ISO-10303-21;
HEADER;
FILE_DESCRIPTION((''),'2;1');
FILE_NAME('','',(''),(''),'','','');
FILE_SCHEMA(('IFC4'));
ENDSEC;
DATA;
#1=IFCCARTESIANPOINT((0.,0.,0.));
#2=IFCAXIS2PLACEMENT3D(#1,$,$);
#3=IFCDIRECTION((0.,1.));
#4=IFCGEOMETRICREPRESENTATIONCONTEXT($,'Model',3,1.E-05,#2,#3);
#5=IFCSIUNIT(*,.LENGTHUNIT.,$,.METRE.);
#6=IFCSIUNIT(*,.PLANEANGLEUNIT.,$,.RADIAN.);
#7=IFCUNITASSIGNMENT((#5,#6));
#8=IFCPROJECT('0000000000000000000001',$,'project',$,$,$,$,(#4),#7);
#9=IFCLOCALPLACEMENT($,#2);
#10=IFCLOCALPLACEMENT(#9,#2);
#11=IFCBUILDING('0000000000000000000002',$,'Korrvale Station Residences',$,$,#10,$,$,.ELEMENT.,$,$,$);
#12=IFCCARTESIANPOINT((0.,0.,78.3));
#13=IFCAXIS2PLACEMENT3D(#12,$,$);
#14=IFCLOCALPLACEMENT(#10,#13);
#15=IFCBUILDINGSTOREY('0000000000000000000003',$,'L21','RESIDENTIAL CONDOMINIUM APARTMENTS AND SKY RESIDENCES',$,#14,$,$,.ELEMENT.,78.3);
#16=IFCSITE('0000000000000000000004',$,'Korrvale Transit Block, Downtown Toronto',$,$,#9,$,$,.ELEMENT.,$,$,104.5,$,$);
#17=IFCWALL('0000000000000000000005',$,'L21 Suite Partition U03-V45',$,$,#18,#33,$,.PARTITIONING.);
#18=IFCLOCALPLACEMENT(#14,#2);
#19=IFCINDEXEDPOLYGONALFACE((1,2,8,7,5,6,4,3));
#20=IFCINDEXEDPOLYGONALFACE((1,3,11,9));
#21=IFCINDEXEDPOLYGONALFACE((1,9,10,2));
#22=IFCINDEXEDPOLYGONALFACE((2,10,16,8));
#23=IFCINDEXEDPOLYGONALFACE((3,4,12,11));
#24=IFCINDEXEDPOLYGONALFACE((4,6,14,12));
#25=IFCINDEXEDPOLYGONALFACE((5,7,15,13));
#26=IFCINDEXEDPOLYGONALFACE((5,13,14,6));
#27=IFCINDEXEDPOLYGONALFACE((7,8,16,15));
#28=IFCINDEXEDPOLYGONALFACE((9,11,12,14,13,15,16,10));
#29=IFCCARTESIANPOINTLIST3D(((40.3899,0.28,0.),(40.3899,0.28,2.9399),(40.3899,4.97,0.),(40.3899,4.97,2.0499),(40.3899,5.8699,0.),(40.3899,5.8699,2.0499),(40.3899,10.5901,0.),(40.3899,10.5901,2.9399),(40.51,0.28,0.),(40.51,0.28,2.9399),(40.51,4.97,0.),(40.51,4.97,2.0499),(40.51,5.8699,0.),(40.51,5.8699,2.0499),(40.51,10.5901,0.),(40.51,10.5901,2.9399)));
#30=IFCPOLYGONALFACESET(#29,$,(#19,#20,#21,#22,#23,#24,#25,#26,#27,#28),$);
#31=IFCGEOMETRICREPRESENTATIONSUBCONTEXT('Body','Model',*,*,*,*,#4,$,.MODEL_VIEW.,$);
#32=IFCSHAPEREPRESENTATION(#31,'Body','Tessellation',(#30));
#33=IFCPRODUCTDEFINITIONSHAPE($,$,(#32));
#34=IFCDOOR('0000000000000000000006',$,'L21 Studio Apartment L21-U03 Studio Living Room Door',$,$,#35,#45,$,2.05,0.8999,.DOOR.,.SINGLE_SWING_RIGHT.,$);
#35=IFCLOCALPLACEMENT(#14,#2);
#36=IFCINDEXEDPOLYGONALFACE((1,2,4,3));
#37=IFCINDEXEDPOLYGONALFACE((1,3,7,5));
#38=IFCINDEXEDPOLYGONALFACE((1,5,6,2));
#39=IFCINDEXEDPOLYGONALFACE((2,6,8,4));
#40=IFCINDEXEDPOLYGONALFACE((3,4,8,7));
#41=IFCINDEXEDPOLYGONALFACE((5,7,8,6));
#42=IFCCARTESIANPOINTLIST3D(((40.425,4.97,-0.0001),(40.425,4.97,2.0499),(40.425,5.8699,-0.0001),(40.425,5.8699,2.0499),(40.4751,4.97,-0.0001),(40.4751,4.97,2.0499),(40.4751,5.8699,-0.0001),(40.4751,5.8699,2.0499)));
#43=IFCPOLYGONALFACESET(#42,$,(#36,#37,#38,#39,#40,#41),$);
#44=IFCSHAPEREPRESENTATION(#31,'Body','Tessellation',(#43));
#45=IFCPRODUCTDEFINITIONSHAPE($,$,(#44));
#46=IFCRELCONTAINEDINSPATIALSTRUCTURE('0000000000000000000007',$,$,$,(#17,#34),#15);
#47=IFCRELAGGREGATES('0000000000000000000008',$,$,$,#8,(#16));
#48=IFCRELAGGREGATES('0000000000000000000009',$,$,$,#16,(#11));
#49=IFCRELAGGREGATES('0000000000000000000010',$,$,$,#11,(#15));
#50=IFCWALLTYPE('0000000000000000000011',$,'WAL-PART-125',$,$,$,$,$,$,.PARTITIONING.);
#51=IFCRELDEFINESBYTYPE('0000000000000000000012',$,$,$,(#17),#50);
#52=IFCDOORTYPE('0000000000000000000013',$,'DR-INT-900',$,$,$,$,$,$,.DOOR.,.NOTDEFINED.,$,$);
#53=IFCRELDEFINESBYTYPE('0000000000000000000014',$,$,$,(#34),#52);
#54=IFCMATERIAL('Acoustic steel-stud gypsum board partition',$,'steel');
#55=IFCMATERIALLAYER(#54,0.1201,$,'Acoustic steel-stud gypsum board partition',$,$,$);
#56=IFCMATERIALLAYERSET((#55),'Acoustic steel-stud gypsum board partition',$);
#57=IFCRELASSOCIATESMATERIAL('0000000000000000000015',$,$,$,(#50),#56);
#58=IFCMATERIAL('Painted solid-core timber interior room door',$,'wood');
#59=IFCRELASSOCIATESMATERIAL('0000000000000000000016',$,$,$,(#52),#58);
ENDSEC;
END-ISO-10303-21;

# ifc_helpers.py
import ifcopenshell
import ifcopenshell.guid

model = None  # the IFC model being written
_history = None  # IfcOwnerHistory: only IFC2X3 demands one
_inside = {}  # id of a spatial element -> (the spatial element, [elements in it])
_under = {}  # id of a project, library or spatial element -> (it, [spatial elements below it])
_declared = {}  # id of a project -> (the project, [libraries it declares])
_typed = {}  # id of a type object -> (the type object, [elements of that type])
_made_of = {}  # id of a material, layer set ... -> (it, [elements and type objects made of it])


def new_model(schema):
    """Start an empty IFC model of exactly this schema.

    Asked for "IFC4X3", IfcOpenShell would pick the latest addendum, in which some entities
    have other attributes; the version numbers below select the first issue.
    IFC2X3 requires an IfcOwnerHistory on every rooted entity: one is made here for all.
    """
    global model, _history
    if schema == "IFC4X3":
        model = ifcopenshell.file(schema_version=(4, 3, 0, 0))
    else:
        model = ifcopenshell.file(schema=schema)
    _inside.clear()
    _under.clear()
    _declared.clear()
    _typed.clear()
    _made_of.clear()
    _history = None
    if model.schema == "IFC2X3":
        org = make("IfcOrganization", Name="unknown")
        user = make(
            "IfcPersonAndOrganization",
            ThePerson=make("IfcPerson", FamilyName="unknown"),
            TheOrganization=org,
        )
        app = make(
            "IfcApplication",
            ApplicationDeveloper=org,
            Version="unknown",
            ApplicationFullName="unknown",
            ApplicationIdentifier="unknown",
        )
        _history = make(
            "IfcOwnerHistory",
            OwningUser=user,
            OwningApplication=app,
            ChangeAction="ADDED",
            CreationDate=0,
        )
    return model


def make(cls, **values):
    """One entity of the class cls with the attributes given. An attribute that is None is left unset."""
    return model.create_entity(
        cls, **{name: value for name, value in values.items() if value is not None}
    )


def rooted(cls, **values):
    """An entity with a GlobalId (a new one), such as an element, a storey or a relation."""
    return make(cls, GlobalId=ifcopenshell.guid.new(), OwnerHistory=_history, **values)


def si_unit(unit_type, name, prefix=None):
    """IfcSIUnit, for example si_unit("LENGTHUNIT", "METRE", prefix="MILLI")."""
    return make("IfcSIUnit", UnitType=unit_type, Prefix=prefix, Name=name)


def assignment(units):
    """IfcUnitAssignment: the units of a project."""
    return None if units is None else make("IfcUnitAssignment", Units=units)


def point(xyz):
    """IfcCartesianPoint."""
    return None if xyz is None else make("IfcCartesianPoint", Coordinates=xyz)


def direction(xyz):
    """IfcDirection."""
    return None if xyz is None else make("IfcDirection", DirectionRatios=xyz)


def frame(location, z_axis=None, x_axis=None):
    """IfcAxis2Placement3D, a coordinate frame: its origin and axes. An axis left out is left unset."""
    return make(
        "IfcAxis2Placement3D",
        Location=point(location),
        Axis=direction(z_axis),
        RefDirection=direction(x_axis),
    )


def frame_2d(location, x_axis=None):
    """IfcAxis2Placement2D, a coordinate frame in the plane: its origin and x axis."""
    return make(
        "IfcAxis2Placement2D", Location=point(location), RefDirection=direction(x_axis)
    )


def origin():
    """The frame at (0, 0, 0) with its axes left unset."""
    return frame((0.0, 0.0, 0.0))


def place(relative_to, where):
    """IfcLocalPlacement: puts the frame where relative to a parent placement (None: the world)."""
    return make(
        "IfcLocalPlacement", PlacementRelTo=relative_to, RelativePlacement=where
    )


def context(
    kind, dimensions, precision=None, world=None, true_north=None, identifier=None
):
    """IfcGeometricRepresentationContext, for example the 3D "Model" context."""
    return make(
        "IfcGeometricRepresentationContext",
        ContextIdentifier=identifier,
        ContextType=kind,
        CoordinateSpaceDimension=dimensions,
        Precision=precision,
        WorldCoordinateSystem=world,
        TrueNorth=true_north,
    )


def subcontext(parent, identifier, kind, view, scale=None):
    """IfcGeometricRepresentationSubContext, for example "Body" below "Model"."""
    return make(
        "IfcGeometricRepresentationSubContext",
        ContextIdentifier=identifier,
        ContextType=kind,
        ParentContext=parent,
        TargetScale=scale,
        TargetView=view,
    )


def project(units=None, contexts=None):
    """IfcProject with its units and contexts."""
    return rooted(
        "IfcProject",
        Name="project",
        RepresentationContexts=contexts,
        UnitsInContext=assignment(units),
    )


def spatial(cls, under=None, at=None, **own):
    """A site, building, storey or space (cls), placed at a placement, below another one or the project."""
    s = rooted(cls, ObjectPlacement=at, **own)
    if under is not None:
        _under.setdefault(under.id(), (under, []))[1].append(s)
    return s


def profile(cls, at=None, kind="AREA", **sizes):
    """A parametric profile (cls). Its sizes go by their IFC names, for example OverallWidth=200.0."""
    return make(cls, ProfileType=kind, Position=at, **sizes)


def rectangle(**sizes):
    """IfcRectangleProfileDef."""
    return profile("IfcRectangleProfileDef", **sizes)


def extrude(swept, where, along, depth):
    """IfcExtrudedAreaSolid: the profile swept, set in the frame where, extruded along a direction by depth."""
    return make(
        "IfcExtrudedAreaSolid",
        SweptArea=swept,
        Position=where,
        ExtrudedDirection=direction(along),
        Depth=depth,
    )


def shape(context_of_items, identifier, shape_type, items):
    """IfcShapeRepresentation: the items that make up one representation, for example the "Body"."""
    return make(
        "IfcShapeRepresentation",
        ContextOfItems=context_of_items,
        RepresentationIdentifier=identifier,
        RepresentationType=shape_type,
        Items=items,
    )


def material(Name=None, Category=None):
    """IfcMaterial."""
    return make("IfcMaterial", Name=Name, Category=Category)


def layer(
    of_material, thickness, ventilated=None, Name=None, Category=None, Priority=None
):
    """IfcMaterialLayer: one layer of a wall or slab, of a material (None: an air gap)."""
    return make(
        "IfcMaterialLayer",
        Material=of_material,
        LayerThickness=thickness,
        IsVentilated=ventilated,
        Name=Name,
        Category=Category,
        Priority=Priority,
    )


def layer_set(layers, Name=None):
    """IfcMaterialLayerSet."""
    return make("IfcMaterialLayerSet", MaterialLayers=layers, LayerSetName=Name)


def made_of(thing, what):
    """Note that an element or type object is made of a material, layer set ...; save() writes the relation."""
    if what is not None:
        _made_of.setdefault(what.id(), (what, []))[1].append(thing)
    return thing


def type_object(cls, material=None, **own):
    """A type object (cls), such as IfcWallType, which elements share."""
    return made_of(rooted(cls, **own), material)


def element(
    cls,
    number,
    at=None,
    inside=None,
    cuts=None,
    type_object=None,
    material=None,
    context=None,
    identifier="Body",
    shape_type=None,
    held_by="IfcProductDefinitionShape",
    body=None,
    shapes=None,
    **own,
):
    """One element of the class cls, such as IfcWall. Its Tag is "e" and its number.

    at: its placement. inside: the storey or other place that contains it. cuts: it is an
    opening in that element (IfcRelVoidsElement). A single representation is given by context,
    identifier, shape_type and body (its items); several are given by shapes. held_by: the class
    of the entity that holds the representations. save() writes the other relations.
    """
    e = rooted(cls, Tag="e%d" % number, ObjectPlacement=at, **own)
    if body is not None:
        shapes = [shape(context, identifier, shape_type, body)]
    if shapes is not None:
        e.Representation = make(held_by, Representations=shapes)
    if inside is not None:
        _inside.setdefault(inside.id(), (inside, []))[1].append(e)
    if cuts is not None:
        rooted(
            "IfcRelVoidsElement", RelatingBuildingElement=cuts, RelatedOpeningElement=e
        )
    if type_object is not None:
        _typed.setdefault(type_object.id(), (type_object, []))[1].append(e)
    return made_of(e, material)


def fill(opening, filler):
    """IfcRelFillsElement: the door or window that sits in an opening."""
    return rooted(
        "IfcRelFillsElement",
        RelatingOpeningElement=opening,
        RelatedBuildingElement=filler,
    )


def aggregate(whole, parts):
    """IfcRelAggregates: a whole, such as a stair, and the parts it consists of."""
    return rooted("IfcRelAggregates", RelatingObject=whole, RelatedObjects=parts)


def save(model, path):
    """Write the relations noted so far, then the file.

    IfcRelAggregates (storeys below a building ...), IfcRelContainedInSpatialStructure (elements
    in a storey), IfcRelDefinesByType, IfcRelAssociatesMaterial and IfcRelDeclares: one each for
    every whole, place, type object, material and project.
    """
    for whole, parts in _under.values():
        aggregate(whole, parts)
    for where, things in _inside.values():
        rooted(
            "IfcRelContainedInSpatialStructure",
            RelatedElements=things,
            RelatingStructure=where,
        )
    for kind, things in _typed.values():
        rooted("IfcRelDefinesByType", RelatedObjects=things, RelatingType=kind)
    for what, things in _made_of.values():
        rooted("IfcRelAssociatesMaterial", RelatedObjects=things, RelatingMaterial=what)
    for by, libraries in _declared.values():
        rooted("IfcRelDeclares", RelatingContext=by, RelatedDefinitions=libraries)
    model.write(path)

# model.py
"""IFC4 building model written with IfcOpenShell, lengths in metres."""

from ifc_helpers import new_model, si_unit, direction, frame, frame_2d, origin, place, context, subcontext, project, spatial, rectangle, extrude, material, layer, layer_set, type_object, element, fill, save


model = new_model("IFC4")

# Units and contexts
model_context = context("Model", 3, precision=1e-05, world=origin(), true_north=direction((0.0, 1.0)))
body_context = subcontext(model_context, "Body", "Model", "MODEL_VIEW")
ifc_project = project(units=[si_unit("LENGTHUNIT", "METRE"), si_unit("PLANEANGLEUNIT", "RADIAN")], contexts=[model_context])

# Site, building, storey
site_placement = place(None, origin())
site = spatial("IfcSite", under=ifc_project, at=site_placement, Name="Korrvale Transit Block, Downtown Toronto", CompositionType="ELEMENT", RefElevation=104.5)
building_placement = place(site_placement, origin())
building = spatial("IfcBuilding", under=site, at=building_placement, Name="Korrvale Station Residences", CompositionType="ELEMENT")
storey_placement = place(building_placement, frame((0.0, 0.0, 78.3)))
storey = spatial("IfcBuildingStorey", under=building, at=storey_placement, Name="L21", Description="RESIDENTIAL CONDOMINIUM APARTMENTS AND SKY RESIDENCES", CompositionType="ELEMENT", Elevation=78.3)

# Wall, opening, door
ifc_material_1 = material(Name="Acoustic steel-stud gypsum board partition", Category="steel")
ifc_layer_1 = layer(ifc_material_1, 0.1201, Name="Acoustic steel-stud gypsum board partition")
ifc_layer_set_1 = layer_set([ifc_layer_1], Name="Acoustic steel-stud gypsum board partition")
wall_type_1 = type_object("IfcWallType", Name="WAL-PART-125", PredefinedType="PARTITIONING", material=ifc_layer_set_1)
ifc_material_2 = material(Name="Painted solid-core timber interior room door", Category="wood")
door_type = type_object("IfcDoorType", Name="DR-INT-900", OperationType="NOTDEFINED", PredefinedType="DOOR", material=ifc_material_2)
wall_1_placement = place(storey_placement, frame((40.45, 0.28, 0.0), z_axis=(0.0, 0.0, 1.0), x_axis=(0.0, 1.0, 0.0)))
wall_1 = element("IfcWall", 1, at=wall_1_placement, inside=storey, type_object=wall_type_1, Name="L21 Suite Partition U03-V45", PredefinedType="PARTITIONING", context=body_context, shape_type="SweptSolid", body=[
    extrude(rectangle(XDim=10.3101, YDim=0.1201, at=frame_2d((5.155, 0.0))), origin(), (0.0, 0.0, 1.0), 2.9399),
])
opening_1_placement = place(wall_1_placement, frame((4.6899, 0.0, 0.0)))
opening_1 = element("IfcOpeningElement", 2, at=opening_1_placement, cuts=wall_1, PredefinedType="OPENING", context=body_context, shape_type="SweptSolid", body=[
    extrude(rectangle(XDim=0.8999, YDim=2.05, at=frame_2d((0.45, 1.0249))), frame((0.0, 0.0701, 0.0), z_axis=(0.0, -1.0, 0.0), x_axis=(1.0, 0.0, 0.0)), (0.0, 0.0, 1.0), 0.1401),
])
door_1_placement = place(opening_1_placement, origin())
door_1 = element("IfcDoor", 3, at=door_1_placement, inside=storey, type_object=door_type, Name="L21 Studio Apartment L21-U03 Studio Living Room Door", OperationType="SINGLE_SWING_RIGHT", OverallHeight=2.05, OverallWidth=0.8999, PredefinedType="DOOR", context=body_context, shape_type="SweptSolid", body=[
    extrude(rectangle(XDim=0.8999, YDim=2.05, at=frame_2d((0.45, 1.0249))), frame((0.0, 0.0249, 0.0), z_axis=(0.0, -1.0, 0.0), x_axis=(1.0, 0.0, 0.0)), (0.0, 0.0, 1.0), 0.05),
])
fill(opening_1, door_1)

save(model, "model.ifc")
